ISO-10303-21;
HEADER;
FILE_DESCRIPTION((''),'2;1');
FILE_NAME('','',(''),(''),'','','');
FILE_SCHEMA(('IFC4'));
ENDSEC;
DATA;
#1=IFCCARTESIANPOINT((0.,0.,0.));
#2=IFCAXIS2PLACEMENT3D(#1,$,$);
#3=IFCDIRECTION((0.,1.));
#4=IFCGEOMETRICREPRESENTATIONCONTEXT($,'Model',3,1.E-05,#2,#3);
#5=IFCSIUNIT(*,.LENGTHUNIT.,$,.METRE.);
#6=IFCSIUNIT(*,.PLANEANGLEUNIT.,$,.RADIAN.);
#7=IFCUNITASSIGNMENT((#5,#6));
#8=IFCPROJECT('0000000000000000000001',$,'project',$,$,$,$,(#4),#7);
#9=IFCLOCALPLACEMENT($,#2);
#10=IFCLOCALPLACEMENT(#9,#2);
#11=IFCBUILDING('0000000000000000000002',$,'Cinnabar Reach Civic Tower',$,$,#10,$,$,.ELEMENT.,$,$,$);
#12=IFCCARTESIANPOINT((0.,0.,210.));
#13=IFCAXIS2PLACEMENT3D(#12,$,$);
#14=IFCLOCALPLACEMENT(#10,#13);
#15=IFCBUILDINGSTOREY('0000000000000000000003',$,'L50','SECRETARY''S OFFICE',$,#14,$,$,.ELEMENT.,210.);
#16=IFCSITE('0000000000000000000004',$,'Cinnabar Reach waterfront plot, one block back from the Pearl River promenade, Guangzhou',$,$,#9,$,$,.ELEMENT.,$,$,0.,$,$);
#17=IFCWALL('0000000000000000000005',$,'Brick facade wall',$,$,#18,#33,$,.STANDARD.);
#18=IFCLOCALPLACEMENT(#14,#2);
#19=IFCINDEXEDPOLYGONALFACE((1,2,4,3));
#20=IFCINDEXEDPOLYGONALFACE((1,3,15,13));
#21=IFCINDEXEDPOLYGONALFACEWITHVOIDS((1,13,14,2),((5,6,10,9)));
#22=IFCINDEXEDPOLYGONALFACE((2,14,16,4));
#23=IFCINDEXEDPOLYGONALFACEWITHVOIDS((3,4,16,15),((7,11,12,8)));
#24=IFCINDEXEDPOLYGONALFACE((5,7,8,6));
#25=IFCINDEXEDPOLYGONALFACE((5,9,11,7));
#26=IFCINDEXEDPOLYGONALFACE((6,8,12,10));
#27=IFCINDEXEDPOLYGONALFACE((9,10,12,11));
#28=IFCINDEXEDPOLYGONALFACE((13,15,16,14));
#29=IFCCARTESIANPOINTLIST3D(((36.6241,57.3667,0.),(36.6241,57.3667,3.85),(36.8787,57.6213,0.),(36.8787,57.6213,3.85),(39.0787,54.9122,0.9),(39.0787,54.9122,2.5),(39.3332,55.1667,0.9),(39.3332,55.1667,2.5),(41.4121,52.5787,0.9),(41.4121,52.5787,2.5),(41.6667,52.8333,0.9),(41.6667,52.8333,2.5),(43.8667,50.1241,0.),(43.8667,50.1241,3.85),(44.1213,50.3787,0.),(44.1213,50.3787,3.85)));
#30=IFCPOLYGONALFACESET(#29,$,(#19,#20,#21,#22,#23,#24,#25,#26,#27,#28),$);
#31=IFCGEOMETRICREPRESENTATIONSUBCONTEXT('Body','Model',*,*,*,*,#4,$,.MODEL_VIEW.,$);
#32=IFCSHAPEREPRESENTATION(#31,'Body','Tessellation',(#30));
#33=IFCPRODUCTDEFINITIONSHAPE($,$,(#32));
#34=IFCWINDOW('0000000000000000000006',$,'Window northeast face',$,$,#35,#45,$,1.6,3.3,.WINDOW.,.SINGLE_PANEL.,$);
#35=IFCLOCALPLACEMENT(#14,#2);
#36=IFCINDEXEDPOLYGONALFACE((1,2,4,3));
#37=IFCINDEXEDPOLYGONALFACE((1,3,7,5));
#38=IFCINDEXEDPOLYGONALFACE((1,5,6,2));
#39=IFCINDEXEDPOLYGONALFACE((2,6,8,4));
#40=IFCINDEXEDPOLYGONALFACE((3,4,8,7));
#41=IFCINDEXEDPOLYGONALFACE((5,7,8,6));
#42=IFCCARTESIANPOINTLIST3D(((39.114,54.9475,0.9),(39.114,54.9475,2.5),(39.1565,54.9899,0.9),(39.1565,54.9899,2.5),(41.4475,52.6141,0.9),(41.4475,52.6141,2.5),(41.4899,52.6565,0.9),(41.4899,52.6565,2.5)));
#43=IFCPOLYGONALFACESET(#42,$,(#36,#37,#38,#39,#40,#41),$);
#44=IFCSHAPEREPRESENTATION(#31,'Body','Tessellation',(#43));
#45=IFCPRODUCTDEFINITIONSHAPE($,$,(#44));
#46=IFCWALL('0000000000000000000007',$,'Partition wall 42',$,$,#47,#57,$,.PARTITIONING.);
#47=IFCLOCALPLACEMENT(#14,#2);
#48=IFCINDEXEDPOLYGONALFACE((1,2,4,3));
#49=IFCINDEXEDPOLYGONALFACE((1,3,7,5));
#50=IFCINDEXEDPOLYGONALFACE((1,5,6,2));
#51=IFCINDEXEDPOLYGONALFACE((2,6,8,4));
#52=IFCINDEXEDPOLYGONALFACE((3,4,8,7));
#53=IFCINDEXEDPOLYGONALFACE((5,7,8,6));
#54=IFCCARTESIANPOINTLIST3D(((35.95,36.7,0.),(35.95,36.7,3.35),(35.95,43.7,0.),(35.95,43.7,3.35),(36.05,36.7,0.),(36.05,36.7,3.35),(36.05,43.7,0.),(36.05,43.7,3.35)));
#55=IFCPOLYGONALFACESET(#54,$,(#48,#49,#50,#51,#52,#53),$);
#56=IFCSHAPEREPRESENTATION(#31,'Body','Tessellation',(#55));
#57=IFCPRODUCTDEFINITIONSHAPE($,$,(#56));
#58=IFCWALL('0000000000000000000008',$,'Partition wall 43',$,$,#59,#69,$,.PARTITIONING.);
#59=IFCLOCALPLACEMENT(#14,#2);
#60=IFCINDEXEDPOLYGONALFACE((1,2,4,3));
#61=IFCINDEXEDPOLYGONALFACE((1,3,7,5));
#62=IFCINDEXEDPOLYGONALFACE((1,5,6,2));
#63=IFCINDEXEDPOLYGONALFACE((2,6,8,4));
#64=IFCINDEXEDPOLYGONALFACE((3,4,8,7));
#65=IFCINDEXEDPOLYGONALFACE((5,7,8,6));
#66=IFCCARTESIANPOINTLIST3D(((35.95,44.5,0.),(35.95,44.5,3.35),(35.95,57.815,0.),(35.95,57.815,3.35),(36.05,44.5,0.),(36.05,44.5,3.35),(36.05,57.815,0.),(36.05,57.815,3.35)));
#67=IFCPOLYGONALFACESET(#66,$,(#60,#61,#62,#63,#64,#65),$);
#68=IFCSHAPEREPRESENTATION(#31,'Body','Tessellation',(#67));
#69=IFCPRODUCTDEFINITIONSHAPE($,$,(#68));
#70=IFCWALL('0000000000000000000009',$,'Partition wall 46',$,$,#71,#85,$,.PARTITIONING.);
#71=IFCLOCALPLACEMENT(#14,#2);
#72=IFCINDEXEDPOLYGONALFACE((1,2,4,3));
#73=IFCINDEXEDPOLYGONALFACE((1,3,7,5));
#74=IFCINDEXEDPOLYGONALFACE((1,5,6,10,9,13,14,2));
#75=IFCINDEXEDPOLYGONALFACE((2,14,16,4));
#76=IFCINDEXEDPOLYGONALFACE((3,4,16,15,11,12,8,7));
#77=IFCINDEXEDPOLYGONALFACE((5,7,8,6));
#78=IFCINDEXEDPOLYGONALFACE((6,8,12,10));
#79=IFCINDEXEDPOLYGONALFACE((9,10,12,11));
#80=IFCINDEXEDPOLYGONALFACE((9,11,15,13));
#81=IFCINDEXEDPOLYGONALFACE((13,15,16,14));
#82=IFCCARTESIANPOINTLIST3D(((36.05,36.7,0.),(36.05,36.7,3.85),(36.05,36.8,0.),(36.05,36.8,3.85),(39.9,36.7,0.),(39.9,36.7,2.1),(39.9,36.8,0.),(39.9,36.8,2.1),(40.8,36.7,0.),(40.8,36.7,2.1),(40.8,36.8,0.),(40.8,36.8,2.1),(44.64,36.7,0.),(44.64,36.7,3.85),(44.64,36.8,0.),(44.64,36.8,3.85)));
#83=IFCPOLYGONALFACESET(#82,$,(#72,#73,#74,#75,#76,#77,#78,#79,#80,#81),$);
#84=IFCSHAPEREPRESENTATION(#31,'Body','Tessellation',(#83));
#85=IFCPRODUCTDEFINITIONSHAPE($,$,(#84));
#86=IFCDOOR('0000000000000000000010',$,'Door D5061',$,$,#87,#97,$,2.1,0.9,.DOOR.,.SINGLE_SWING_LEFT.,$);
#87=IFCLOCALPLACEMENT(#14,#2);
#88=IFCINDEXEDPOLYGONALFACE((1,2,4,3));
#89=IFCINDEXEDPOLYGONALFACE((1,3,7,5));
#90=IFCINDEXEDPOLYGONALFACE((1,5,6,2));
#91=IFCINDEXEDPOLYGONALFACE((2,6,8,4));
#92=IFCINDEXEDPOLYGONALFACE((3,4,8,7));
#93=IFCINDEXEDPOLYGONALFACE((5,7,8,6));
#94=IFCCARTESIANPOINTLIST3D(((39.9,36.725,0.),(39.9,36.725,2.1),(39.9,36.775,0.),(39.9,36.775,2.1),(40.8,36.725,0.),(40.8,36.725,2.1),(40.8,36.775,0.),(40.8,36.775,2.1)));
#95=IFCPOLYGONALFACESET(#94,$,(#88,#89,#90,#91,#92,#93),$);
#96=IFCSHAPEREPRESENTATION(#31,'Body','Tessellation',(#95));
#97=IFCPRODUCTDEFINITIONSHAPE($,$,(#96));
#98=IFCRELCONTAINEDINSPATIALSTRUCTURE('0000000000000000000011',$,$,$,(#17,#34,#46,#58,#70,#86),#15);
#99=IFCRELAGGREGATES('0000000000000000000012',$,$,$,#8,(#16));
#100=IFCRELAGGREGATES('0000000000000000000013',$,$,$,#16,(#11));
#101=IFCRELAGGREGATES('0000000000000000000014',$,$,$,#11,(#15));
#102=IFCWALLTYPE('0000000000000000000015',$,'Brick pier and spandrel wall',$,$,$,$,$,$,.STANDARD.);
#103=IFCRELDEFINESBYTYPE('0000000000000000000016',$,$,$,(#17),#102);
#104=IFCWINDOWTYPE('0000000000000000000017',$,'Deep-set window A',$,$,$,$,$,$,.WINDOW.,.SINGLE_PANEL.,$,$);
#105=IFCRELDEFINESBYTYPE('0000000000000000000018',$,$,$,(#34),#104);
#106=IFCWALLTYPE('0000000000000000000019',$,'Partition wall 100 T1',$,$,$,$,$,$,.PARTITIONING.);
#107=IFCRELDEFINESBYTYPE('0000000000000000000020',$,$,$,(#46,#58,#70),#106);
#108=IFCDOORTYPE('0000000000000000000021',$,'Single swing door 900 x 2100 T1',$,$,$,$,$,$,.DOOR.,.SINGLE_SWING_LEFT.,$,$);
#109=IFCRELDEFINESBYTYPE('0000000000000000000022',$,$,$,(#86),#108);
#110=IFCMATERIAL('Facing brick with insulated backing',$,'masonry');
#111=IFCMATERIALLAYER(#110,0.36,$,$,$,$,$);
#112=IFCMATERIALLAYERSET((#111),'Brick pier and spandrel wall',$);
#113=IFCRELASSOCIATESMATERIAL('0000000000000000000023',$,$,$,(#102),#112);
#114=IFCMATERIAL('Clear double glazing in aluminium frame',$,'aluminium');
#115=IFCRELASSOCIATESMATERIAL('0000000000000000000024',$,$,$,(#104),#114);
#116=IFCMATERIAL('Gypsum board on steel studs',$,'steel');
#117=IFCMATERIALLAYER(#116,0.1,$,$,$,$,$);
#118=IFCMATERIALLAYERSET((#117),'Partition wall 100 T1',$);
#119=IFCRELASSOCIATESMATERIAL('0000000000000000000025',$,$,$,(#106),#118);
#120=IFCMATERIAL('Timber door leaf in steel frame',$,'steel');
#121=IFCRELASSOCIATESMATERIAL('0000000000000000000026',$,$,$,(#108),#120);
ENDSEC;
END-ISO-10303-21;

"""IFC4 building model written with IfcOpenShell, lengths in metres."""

from ifc_helpers import new_model, si_unit, direction, frame, frame_2d, origin, place, context, subcontext, project, spatial, rectangle, extrude, material, layer, layer_set, type_object, element, fill, save


model = new_model("IFC4")

# Units and contexts
model_context = context("Model", 3, precision=1e-05, world=origin(), true_north=direction((0.0, 1.0)))
body_context = subcontext(model_context, "Body", "Model", "MODEL_VIEW")
ifc_project = project(units=[si_unit("LENGTHUNIT", "METRE"), si_unit("PLANEANGLEUNIT", "RADIAN")], contexts=[model_context])

# Site, building, storey
site_placement = place(None, origin())
site = spatial("IfcSite", under=ifc_project, at=site_placement, Name="Cinnabar Reach waterfront plot, one block back from the Pearl River promenade, Guangzhou", CompositionType="ELEMENT", RefElevation=0.0)
building_placement = place(site_placement, origin())
building = spatial("IfcBuilding", under=site, at=building_placement, Name="Cinnabar Reach Civic Tower", CompositionType="ELEMENT")
storey_placement = place(building_placement, frame((0.0, 0.0, 210.0)))
storey = spatial("IfcBuildingStorey", under=building, at=storey_placement, Name="L50", Description="SECRETARY'S OFFICE", CompositionType="ELEMENT", Elevation=210.0)

# Shared definitions
ifc_material_1 = material(Name="Facing brick with insulated backing", Category="masonry")

# Wall, opening, window
ifc_layer_1 = layer(ifc_material_1, 0.36)
ifc_layer_set_1 = layer_set([ifc_layer_1], Name="Brick pier and spandrel wall")
wall_type_1 = type_object("IfcWallType", Name="Brick pier and spandrel wall", PredefinedType="STANDARD", material=ifc_layer_set_1)
wall_1_placement = place(storey_placement, frame((43.994, 50.2514, 0.0), z_axis=(0.0, 0.0, 1.0), x_axis=(-0.707107, 0.707107, 0.0)))
wall_1 = element("IfcWall", 1, at=wall_1_placement, inside=storey, type_object=wall_type_1, Name="Brick facade wall", PredefinedType="STANDARD", context=body_context, shape_type="SweptSolid", body=[
    extrude(rectangle(XDim=10.2426, YDim=0.36, at=frame_2d((5.1213, 0.0))), origin(), (0.0, 0.0, 1.0), 3.85),
])
opening_1_placement = place(wall_1_placement, frame((3.4713, 0.0, 0.9)))
opening_1 = element("IfcOpeningElement", 2, at=opening_1_placement, cuts=wall_1, PredefinedType="OPENING", context=body_context, shape_type="SweptSolid", body=[
    extrude(rectangle(XDim=3.3, YDim=1.6, at=frame_2d((1.65, 0.8))), frame((0.0, 0.19, 0.0), z_axis=(0.0, -1.0, 0.0), x_axis=(1.0, 0.0, 0.0)), (0.0, 0.0, 1.0), 0.38),
])
ifc_material_2 = material(Name="Clear double glazing in aluminium frame", Category="aluminium")
window_type = type_object("IfcWindowType", Name="Deep-set window A", PartitioningType="SINGLE_PANEL", PredefinedType="WINDOW", material=ifc_material_2)
window_placement = place(opening_1_placement, origin())
window = element("IfcWindow", 3, at=window_placement, inside=storey, type_object=window_type, Name="Window northeast face", OverallHeight=1.6, OverallWidth=3.3, PartitioningType="SINGLE_PANEL", PredefinedType="WINDOW", context=body_context, shape_type="SweptSolid", body=[
    extrude(rectangle(XDim=3.3, YDim=1.6, at=frame_2d((1.65, 0.8))), frame((0.0, 0.13, 0.0), z_axis=(0.0, -1.0, 0.0), x_axis=(1.0, 0.0, 0.0)), (0.0, 0.0, 1.0), 0.06),
])
fill(opening_1, window)

# Walls
ifc_material_3 = material(Name="Gypsum board on steel studs", Category="steel")
ifc_layer_2 = layer(ifc_material_3, 0.1)
ifc_layer_set_2 = layer_set([ifc_layer_2], Name="Partition wall 100 T1")
wall_type_2 = type_object("IfcWallType", Name="Partition wall 100 T1", PredefinedType="PARTITIONING", material=ifc_layer_set_2)
wall_2_placement = place(storey_placement, frame((36.0, 36.7, 0.0), z_axis=(0.0, 0.0, 1.0), x_axis=(0.0, 1.0, 0.0)))
element("IfcWall", 4, at=wall_2_placement, inside=storey, type_object=wall_type_2, Name="Partition wall 42", PredefinedType="PARTITIONING", context=body_context, shape_type="SweptSolid", body=[
    extrude(rectangle(XDim=7.0, YDim=0.1, at=frame_2d((3.5, 0.0))), origin(), (0.0, 0.0, 1.0), 3.35),
])
wall_3_placement = place(storey_placement, frame((36.0, 44.5, 0.0), z_axis=(0.0, 0.0, 1.0), x_axis=(0.0, 1.0, 0.0)))
element("IfcWall", 5, at=wall_3_placement, inside=storey, type_object=wall_type_2, Name="Partition wall 43", PredefinedType="PARTITIONING", context=body_context, shape_type="SweptSolid", body=[
    extrude(rectangle(XDim=13.315, YDim=0.1, at=frame_2d((6.6575, 0.0))), origin(), (0.0, 0.0, 1.0), 3.35),
])

# Wall, opening, door
wall_4_placement = place(storey_placement, frame((36.05, 36.75, 0.0), z_axis=(0.0, 0.0, 1.0), x_axis=(1.0, 0.0, 0.0)))
wall_4 = element("IfcWall", 6, at=wall_4_placement, inside=storey, type_object=wall_type_2, Name="Partition wall 46", PredefinedType="PARTITIONING", context=body_context, shape_type="SweptSolid", body=[
    extrude(rectangle(XDim=8.59, YDim=0.1, at=frame_2d((4.295, 0.0))), origin(), (0.0, 0.0, 1.0), 3.85),
])
opening_2_placement = place(wall_4_placement, frame((3.85, 0.0, 0.0)))
opening_2 = element("IfcOpeningElement", 7, at=opening_2_placement, cuts=wall_4, PredefinedType="OPENING", context=body_context, shape_type="SweptSolid", body=[
    extrude(rectangle(XDim=0.9, YDim=2.1, at=frame_2d((0.45, 1.05))), frame((0.0, 0.06, 0.0), z_axis=(0.0, -1.0, 0.0), x_axis=(1.0, 0.0, 0.0)), (0.0, 0.0, 1.0), 0.12),
])
ifc_material_4 = material(Name="Timber door leaf in steel frame", Category="steel")
door_type = type_object("IfcDoorType", Name="Single swing door 900 x 2100 T1", OperationType="SINGLE_SWING_LEFT", PredefinedType="DOOR", material=ifc_material_4)
door_placement = place(opening_2_placement, frame((0.9, 0.0, 0.0), z_axis=(0.0, 0.0, 1.0), x_axis=(-1.0, 0.0, 0.0)))
door = element("IfcDoor", 8, at=door_placement, inside=storey, type_object=door_type, Name="Door D5061", OperationType="SINGLE_SWING_LEFT", OverallHeight=2.1, OverallWidth=0.9, PredefinedType="DOOR", context=body_context, shape_type="SweptSolid", body=[
    extrude(rectangle(XDim=0.9, YDim=2.1, at=frame_2d((0.45, 1.05))), frame((0.0, 0.025, 0.0), z_axis=(0.0, -1.0, 0.0), x_axis=(1.0, 0.0, 0.0)), (0.0, 0.0, 1.0), 0.05),
])
fill(opening_2, door)

save(model, "model.ifc")
